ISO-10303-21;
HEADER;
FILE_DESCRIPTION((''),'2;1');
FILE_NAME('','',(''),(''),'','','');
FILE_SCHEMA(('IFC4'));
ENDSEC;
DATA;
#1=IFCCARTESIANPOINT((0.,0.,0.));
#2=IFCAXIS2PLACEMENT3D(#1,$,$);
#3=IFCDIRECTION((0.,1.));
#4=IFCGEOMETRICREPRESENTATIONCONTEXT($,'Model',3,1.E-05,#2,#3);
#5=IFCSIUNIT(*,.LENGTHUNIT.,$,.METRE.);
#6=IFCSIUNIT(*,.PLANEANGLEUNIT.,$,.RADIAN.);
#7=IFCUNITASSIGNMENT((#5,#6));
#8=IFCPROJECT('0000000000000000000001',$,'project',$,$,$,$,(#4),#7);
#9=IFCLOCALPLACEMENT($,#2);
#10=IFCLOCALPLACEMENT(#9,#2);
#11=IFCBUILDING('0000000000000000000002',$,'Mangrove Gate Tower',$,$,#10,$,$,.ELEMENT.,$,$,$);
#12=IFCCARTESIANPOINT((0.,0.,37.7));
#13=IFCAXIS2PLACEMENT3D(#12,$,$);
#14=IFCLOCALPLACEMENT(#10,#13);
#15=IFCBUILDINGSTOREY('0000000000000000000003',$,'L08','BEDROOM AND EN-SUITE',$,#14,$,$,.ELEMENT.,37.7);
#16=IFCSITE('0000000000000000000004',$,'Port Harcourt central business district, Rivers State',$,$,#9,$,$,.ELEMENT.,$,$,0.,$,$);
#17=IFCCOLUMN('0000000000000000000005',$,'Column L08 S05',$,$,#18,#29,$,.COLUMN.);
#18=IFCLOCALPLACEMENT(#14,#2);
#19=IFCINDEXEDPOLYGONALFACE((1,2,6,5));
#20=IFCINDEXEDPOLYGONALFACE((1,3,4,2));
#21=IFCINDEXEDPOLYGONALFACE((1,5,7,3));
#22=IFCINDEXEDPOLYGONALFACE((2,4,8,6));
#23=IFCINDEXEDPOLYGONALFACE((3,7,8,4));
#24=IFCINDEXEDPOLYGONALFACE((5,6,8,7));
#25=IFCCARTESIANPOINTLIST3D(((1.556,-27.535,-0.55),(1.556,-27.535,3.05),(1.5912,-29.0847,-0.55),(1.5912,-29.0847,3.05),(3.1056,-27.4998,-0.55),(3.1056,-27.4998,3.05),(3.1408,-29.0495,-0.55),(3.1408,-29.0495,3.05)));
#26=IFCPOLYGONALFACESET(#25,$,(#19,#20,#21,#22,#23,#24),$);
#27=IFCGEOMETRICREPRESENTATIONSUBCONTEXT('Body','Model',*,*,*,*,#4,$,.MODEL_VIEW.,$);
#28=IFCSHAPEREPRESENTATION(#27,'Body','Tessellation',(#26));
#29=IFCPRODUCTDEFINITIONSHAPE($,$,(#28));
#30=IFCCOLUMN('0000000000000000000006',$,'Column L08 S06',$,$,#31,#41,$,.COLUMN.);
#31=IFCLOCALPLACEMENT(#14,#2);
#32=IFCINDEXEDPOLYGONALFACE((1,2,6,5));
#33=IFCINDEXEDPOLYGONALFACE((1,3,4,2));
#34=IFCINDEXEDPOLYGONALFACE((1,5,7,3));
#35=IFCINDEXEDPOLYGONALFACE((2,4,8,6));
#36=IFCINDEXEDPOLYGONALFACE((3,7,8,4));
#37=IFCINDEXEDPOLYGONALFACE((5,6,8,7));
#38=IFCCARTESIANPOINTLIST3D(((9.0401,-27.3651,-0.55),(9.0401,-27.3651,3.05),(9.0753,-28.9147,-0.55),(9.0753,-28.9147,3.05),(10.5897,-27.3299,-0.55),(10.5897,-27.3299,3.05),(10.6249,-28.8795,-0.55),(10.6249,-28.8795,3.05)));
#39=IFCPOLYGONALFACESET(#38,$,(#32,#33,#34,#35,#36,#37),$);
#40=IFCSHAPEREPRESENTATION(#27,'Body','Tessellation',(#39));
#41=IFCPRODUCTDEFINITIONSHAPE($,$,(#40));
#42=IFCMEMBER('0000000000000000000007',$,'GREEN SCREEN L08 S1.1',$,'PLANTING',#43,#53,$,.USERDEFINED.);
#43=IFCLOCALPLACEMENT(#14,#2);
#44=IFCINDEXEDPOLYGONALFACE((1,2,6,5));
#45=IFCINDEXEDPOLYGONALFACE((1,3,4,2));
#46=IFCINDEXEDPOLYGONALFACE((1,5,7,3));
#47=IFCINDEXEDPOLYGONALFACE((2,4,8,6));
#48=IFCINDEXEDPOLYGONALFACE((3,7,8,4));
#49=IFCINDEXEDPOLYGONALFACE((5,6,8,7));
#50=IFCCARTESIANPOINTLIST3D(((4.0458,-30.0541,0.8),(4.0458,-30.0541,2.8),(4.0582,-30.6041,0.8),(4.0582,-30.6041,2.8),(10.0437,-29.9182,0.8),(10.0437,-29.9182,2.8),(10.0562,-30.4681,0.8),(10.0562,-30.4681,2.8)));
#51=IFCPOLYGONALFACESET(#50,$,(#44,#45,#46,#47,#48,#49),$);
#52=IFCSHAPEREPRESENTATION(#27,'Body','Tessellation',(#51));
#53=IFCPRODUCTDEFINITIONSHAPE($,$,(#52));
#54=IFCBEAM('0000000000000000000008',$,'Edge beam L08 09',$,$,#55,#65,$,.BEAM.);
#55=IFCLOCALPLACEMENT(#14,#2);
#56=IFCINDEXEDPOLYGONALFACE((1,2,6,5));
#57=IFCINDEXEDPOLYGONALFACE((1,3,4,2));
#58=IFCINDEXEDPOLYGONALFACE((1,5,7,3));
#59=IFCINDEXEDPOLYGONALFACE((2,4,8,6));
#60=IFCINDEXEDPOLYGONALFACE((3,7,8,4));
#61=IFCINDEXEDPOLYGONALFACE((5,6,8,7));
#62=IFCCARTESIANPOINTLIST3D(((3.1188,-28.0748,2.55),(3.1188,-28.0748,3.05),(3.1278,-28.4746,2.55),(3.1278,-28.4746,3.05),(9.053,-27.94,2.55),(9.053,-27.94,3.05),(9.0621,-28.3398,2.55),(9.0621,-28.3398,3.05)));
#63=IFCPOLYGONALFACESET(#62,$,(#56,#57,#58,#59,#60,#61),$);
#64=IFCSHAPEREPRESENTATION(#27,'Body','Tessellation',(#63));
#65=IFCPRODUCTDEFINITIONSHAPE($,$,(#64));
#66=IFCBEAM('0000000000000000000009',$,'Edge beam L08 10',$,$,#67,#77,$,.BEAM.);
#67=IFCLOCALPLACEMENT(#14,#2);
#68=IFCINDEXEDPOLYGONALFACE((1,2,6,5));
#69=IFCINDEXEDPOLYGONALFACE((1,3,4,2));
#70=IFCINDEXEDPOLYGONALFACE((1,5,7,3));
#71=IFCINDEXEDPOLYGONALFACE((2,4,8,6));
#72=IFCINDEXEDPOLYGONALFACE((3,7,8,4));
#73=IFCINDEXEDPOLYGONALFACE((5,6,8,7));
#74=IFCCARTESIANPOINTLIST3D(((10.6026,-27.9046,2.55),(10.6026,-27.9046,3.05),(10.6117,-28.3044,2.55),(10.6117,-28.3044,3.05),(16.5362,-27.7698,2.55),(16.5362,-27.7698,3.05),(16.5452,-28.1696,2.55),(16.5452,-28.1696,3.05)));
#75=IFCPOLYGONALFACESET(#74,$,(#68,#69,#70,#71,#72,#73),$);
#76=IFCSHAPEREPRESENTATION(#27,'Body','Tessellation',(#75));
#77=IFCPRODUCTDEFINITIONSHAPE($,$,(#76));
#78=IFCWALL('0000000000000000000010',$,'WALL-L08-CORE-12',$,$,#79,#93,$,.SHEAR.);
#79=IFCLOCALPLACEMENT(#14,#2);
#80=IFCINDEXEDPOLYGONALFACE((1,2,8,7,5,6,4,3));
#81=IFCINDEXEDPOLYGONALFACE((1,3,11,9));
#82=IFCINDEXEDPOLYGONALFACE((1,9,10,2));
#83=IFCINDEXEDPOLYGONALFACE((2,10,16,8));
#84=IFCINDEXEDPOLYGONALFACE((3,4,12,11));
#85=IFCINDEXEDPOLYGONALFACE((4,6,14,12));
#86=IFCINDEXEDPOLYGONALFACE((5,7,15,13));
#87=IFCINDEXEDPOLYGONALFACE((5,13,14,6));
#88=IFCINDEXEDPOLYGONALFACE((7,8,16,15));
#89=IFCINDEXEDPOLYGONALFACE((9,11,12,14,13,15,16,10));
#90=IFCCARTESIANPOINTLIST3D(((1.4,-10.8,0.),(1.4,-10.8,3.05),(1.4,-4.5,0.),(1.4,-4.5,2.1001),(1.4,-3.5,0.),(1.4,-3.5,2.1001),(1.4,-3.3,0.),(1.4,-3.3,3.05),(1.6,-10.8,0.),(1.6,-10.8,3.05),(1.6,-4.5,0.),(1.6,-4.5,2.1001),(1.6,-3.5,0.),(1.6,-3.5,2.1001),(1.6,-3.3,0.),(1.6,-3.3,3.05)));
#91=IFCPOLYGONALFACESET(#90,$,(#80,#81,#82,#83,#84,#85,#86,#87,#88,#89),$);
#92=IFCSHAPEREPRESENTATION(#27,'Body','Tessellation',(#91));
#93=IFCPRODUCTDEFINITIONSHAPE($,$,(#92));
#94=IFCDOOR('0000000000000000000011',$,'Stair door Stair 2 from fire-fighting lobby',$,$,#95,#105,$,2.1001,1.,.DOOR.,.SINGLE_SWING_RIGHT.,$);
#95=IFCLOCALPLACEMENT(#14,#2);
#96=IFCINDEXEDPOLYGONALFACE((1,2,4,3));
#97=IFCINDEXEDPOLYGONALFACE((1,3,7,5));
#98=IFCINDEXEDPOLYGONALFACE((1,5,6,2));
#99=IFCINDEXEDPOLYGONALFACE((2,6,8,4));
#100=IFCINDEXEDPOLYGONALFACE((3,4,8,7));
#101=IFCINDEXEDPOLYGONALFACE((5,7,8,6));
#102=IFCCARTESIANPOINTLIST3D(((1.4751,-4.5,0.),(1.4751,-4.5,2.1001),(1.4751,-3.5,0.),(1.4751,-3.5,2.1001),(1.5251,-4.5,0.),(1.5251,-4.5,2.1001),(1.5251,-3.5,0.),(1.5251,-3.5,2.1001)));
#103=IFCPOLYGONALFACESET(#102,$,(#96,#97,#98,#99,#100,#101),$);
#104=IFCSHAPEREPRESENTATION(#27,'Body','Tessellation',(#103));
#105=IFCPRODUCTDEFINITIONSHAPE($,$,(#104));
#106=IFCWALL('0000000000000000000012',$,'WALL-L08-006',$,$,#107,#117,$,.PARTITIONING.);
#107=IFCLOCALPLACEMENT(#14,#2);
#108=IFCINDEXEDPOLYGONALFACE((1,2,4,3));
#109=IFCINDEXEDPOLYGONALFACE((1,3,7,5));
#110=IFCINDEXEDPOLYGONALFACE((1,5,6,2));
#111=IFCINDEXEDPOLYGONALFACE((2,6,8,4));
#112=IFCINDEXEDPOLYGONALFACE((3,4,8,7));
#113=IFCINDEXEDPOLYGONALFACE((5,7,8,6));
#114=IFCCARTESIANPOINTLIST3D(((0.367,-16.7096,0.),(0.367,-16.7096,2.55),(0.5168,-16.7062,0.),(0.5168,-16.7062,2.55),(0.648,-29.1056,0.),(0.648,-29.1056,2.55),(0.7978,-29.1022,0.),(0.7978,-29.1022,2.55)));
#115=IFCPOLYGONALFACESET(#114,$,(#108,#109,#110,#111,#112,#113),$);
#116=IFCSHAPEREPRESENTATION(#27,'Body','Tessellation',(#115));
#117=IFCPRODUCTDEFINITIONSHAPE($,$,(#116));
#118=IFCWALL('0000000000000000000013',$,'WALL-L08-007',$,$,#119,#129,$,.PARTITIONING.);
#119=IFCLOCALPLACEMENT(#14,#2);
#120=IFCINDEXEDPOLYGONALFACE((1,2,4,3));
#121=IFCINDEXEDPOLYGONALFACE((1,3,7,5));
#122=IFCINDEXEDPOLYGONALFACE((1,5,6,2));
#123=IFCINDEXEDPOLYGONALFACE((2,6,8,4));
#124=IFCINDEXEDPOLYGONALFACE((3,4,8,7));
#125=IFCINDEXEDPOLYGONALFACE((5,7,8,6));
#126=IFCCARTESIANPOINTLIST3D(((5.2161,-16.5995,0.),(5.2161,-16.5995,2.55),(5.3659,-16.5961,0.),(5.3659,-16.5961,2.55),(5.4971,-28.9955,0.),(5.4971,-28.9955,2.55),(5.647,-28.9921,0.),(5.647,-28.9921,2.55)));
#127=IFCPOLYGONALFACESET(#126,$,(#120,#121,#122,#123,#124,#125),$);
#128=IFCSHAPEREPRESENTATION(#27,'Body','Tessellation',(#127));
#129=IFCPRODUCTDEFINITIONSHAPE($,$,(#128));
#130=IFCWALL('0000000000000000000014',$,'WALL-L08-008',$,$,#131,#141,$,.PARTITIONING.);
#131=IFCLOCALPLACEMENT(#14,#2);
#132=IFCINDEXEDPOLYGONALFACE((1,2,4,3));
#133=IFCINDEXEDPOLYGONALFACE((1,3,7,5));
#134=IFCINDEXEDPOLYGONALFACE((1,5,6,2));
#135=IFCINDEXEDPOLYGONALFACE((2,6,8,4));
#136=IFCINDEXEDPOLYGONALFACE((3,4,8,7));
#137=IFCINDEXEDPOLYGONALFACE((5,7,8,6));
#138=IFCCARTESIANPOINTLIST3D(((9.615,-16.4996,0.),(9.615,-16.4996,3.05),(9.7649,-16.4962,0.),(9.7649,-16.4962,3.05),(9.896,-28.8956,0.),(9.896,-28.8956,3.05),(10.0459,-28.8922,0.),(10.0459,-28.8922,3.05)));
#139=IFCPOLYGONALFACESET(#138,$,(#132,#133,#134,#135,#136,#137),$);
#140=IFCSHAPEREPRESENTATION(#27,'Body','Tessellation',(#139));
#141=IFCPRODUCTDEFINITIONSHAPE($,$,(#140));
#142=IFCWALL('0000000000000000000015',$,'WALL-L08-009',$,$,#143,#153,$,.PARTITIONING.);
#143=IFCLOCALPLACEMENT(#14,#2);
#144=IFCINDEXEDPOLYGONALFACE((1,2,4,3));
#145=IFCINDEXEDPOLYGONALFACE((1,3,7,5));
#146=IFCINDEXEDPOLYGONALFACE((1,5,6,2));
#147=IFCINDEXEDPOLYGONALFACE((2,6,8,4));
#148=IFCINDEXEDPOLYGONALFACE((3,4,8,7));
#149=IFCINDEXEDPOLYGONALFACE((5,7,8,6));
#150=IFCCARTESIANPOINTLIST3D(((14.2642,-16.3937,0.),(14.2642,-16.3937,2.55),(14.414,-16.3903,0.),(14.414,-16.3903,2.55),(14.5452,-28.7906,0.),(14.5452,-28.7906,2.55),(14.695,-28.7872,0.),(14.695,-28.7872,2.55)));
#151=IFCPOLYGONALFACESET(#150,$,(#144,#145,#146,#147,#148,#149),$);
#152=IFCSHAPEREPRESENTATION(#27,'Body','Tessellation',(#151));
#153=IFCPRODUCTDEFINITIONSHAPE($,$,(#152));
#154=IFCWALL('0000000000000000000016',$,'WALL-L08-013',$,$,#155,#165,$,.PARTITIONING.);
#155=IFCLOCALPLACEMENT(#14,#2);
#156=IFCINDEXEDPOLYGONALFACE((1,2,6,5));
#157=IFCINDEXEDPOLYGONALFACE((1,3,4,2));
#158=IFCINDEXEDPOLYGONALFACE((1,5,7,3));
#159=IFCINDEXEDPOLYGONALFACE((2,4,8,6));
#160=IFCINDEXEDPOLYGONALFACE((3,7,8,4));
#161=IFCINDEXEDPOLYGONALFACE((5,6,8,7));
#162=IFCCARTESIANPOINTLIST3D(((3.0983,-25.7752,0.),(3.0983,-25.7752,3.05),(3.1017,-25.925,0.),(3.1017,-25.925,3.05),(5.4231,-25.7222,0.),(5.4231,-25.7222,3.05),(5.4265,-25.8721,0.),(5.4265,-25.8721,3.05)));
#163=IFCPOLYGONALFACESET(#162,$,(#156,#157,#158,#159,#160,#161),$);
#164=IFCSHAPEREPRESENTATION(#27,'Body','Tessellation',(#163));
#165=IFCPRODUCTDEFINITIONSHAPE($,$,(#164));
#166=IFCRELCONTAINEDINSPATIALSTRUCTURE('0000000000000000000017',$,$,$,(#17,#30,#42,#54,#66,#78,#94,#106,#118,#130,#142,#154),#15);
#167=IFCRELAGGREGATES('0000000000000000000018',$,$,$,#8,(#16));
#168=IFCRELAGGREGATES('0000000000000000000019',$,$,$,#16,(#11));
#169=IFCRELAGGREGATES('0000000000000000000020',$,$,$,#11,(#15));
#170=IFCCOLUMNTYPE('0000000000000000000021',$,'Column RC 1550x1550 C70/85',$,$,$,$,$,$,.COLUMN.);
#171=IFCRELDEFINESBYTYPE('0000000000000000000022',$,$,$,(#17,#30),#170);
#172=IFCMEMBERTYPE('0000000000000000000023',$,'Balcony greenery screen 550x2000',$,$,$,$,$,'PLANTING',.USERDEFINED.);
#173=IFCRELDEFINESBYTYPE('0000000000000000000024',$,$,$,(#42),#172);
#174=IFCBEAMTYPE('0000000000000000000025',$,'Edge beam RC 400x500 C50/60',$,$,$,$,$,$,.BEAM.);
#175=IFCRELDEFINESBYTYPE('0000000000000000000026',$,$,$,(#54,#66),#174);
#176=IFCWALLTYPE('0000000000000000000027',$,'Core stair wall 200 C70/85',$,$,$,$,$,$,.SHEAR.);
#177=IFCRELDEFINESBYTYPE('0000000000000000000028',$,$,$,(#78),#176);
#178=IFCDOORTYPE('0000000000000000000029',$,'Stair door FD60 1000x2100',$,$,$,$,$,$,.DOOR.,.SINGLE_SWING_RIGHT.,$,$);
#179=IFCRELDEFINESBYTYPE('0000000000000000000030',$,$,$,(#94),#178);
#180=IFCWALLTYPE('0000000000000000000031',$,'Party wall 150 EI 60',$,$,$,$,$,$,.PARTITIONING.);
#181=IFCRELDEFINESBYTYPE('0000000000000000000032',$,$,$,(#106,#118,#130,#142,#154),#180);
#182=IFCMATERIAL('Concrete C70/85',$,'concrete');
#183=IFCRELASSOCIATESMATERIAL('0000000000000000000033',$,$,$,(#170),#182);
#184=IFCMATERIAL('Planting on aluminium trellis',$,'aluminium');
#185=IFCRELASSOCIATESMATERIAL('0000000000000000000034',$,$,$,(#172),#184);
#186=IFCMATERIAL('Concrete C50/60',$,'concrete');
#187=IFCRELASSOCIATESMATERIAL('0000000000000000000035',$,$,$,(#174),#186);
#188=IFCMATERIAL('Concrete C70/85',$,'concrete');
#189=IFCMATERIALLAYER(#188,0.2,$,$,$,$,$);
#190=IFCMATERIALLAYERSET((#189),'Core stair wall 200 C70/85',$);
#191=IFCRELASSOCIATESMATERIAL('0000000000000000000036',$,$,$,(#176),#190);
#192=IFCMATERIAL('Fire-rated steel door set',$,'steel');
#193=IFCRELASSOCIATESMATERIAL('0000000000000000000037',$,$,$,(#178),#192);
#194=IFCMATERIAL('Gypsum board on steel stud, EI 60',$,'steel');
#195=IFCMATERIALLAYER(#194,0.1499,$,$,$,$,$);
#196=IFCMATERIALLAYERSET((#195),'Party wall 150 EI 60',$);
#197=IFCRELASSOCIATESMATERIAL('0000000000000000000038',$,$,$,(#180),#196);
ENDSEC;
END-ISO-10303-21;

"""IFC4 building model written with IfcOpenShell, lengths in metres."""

from ifc_helpers import new_model, si_unit, direction, frame, frame_2d, origin, origin_2d, place, context, subcontext, project, spatial, rectangle, extrude, material, layer, layer_set, material_profile, profile_set, type_object, element, fill, save


model = new_model("IFC4")

# Units and contexts
model_context = context("Model", 3, precision=1e-05, world=origin(), true_north=direction((0.0, 1.0)))
body_context = subcontext(model_context, "Body", "Model", "MODEL_VIEW")
ifc_project = project(units=[si_unit("LENGTHUNIT", "METRE"), si_unit("PLANEANGLEUNIT", "RADIAN")], contexts=[model_context])

# Site, building, storey
site_placement = place(None, origin())
site = spatial("IfcSite", under=ifc_project, at=site_placement, Name="Port Harcourt central business district, Rivers State", CompositionType="ELEMENT", RefElevation=0.0)
building_placement = place(site_placement, origin())
building = spatial("IfcBuilding", under=site, at=building_placement, Name="Mangrove Gate Tower", CompositionType="ELEMENT")
storey_placement = place(building_placement, frame((0.0, 0.0, 37.7)))
storey = spatial("IfcBuildingStorey", under=building, at=storey_placement, Name="L08", Description="BEDROOM AND EN-SUITE", CompositionType="ELEMENT", Elevation=37.7)

# Columns
ifc_material_1 = material(Name="Concrete C70/85", Category="concrete")
ifc_material_profile_1 = material_profile(ifc_material_1, rectangle(XDim=1.55, YDim=1.55, at=origin_2d()))
ifc_profile_set_1 = profile_set([ifc_material_profile_1], Name="Concrete C70/85")
column_type = type_object("IfcColumnType", Name="Column RC 1550x1550 C70/85", PredefinedType="COLUMN", material=ifc_profile_set_1)
for number, where, z_axis, x_axis, name in (
    (1, (2.3484, -28.2922, -0.55), (0.0, 0.0, 1.0), (0.999742, 0.022709, 0.0), "Column L08 S05"),
    (2, (9.8325, -28.1223, -0.55), (0.0, 0.0, 1.0), (0.999742, 0.022711, 0.0), "Column L08 S06"),
):
    element("IfcColumn", number, at=place(storey_placement, frame(where, z_axis=z_axis, x_axis=x_axis)), inside=storey, type_object=column_type, Name=name, PredefinedType="COLUMN", context=body_context, shape_type="SweptSolid", body=[
        extrude(rectangle(XDim=1.55, YDim=1.55, at=origin_2d()), origin(), (0.0, 0.0, 1.0), 3.6001),
    ])

# Member
ifc_material_2 = material(Name="Planting on aluminium trellis", Category="aluminium")
ifc_material_profile_2 = material_profile(ifc_material_2, rectangle(XDim=0.55, YDim=2.0, at=origin_2d()))
ifc_profile_set_2 = profile_set([ifc_material_profile_2], Name="Planting on aluminium trellis")
member_type = type_object("IfcMemberType", Name="Balcony greenery screen 550x2000", ElementType="PLANTING", PredefinedType="USERDEFINED", material=ifc_profile_set_2)
member_placement = place(storey_placement, frame((4.052, -30.3291, 1.8), z_axis=(0.999743, 0.022666, 0.0), x_axis=(-0.022666, 0.999743, 0.0)))
element("IfcMember", 3, at=member_placement, inside=storey, type_object=member_type, Name="GREEN SCREEN L08 S1.1", ObjectType="PLANTING", PredefinedType="USERDEFINED", context=body_context, shape_type="SweptSolid", body=[
    extrude(rectangle(XDim=0.55, YDim=2.0, at=origin_2d()), origin(), (0.0, 0.0, 1.0), 5.9995),
])

# Beams
ifc_material_3 = material(Name="Concrete C50/60", Category="concrete")
ifc_material_profile_3 = material_profile(ifc_material_3, rectangle(XDim=0.3999, YDim=0.5, at=origin_2d()))
ifc_profile_set_3 = profile_set([ifc_material_profile_3], Name="Concrete C50/60")
beam_type = type_object("IfcBeamType", Name="Edge beam RC 400x500 C50/60", PredefinedType="BEAM", material=ifc_profile_set_3)
beam_1_placement = place(storey_placement, frame((3.1233, -28.2747, 2.8), z_axis=(0.999742, 0.022704, 0.0), x_axis=(-0.022704, 0.999742, 0.0)))
element("IfcBeam", 4, at=beam_1_placement, inside=storey, type_object=beam_type, Name="Edge beam L08 09", PredefinedType="BEAM", context=body_context, shape_type="SweptSolid", body=[
    extrude(rectangle(XDim=0.3999, YDim=0.5, at=origin_2d()), origin(), (0.0, 0.0, 1.0), 5.9358),
])
beam_2_placement = place(storey_placement, frame((10.6072, -28.1045, 2.8), z_axis=(0.999742, 0.022706, 0.0), x_axis=(-0.022706, 0.999742, 0.0)))
element("IfcBeam", 5, at=beam_2_placement, inside=storey, type_object=beam_type, Name="Edge beam L08 10", PredefinedType="BEAM", context=body_context, shape_type="SweptSolid", body=[
    extrude(rectangle(XDim=0.3999, YDim=0.5, at=origin_2d()), origin(), (0.0, 0.0, 1.0), 5.9351),
])

# Wall, opening, door
ifc_material_4 = material(Name="Concrete C70/85", Category="concrete")
ifc_layer_1 = layer(ifc_material_4, 0.2)
ifc_layer_set_1 = layer_set([ifc_layer_1], Name="Core stair wall 200 C70/85")
wall_type_1 = type_object("IfcWallType", Name="Core stair wall 200 C70/85", PredefinedType="SHEAR", material=ifc_layer_set_1)
wall_1_placement = place(storey_placement, frame((1.5, -10.8, 0.0), z_axis=(0.0, 0.0, 1.0), x_axis=(0.0, 1.0, 0.0)))
wall_1 = element("IfcWall", 6, at=wall_1_placement, inside=storey, type_object=wall_type_1, Name="WALL-L08-CORE-12", PredefinedType="SHEAR", context=body_context, shape_type="SweptSolid", body=[
    extrude(rectangle(XDim=7.5, YDim=0.2, at=frame_2d((3.75, 0.0))), origin(), (0.0, 0.0, 1.0), 3.05),
])
opening_1_placement = place(wall_1_placement, frame((6.3, 0.0, 0.0)))
opening_1 = element("IfcOpeningElement", 7, at=opening_1_placement, cuts=wall_1, PredefinedType="OPENING", context=body_context, shape_type="SweptSolid", body=[
    extrude(rectangle(XDim=1.0, YDim=2.1001, at=frame_2d((0.5, 1.05))), frame((0.0, 0.1099, 0.0), z_axis=(0.0, -1.0, 0.0), x_axis=(1.0, 0.0, 0.0)), (0.0, 0.0, 1.0), 0.22),
])
ifc_material_5 = material(Name="Fire-rated steel door set", Category="steel")
door_type_1 = type_object("IfcDoorType", Name="Stair door FD60 1000x2100", OperationType="SINGLE_SWING_RIGHT", PredefinedType="DOOR", material=ifc_material_5)
door_1_placement = place(opening_1_placement, origin())
door_1 = element("IfcDoor", 8, at=door_1_placement, inside=storey, type_object=door_type_1, Name="Stair door Stair 2 from fire-fighting lobby", OperationType="SINGLE_SWING_RIGHT", OverallHeight=2.1001, OverallWidth=1.0, PredefinedType="DOOR", context=body_context, shape_type="SweptSolid", body=[
    extrude(rectangle(XDim=1.0, YDim=2.1001, at=frame_2d((0.5, 1.05))), frame((0.0, 0.0249, 0.0), z_axis=(0.0, -1.0, 0.0), x_axis=(1.0, 0.0, 0.0)), (0.0, 0.0, 1.0), 0.05),
])
fill(opening_1, door_1)

# Walls
ifc_material_6 = material(Name="Gypsum board on steel stud, EI 60", Category="steel")
ifc_layer_2 = layer(ifc_material_6, 0.1499)
ifc_layer_set_2 = layer_set([ifc_layer_2], Name="Party wall 150 EI 60")
wall_type_2 = type_object("IfcWallType", Name="Party wall 150 EI 60", PredefinedType="PARTITIONING", material=ifc_layer_set_2)
for number, where, z_axis, x_axis, name in (
    (9, (0.7229, -29.104, 0.0), (0.0, 0.0, 1.0), (-0.022663, 0.999743, 0.0), "WALL-L08-006"),
    (10, (5.572, -28.9939, 0.0), (0.0, 0.0, 1.0), (-0.022663, 0.999743, 0.0), "WALL-L08-007"),
):
    element("IfcWall", number, at=place(storey_placement, frame(where, z_axis=z_axis, x_axis=x_axis)), inside=storey, type_object=wall_type_2, Name=name, PredefinedType="PARTITIONING", context=body_context, shape_type="SweptSolid", body=[
        extrude(rectangle(XDim=12.3992, YDim=0.1499, at=frame_2d((6.1997, 0.0))), origin(), (0.0, 0.0, 1.0), 2.55),
    ])
wall_2_placement = place(storey_placement, frame((9.9709, -28.894, 0.0), z_axis=(0.0, 0.0, 1.0), x_axis=(-0.022663, 0.999743, 0.0)))
element("IfcWall", 11, at=wall_2_placement, inside=storey, type_object=wall_type_2, Name="WALL-L08-008", PredefinedType="PARTITIONING", context=body_context, shape_type="SweptSolid", body=[
    extrude(rectangle(XDim=12.3992, YDim=0.1499, at=frame_2d((6.1997, 0.0))), origin(), (0.0, 0.0, 1.0), 3.05),
])
wall_3_placement = place(storey_placement, frame((14.6201, -28.7891, 0.0), z_axis=(0.0, 0.0, 1.0), x_axis=(-0.022661, 0.999743, 0.0)))
element("IfcWall", 12, at=wall_3_placement, inside=storey, type_object=wall_type_2, Name="WALL-L08-009", PredefinedType="PARTITIONING", context=body_context, shape_type="SweptSolid", body=[
    extrude(rectangle(XDim=12.4001, YDim=0.1499, at=frame_2d((6.2002, 0.0))), origin(), (0.0, 0.0, 1.0), 2.55),
])
wall_4_placement = place(storey_placement, frame((3.1001, -25.8501, 0.0), z_axis=(0.0, 0.0, 1.0), x_axis=(0.99974, 0.022781, 0.0)))
element("IfcWall", 13, at=wall_4_placement, inside=storey, type_object=wall_type_2, Name="WALL-L08-013", PredefinedType="PARTITIONING", context=body_context, shape_type="SweptSolid", body=[
    extrude(rectangle(XDim=2.3254, YDim=0.1499, at=frame_2d((1.1626, 0.0))), origin(), (0.0, 0.0, 1.0), 3.05),
])

save(model, "model.ifc")
